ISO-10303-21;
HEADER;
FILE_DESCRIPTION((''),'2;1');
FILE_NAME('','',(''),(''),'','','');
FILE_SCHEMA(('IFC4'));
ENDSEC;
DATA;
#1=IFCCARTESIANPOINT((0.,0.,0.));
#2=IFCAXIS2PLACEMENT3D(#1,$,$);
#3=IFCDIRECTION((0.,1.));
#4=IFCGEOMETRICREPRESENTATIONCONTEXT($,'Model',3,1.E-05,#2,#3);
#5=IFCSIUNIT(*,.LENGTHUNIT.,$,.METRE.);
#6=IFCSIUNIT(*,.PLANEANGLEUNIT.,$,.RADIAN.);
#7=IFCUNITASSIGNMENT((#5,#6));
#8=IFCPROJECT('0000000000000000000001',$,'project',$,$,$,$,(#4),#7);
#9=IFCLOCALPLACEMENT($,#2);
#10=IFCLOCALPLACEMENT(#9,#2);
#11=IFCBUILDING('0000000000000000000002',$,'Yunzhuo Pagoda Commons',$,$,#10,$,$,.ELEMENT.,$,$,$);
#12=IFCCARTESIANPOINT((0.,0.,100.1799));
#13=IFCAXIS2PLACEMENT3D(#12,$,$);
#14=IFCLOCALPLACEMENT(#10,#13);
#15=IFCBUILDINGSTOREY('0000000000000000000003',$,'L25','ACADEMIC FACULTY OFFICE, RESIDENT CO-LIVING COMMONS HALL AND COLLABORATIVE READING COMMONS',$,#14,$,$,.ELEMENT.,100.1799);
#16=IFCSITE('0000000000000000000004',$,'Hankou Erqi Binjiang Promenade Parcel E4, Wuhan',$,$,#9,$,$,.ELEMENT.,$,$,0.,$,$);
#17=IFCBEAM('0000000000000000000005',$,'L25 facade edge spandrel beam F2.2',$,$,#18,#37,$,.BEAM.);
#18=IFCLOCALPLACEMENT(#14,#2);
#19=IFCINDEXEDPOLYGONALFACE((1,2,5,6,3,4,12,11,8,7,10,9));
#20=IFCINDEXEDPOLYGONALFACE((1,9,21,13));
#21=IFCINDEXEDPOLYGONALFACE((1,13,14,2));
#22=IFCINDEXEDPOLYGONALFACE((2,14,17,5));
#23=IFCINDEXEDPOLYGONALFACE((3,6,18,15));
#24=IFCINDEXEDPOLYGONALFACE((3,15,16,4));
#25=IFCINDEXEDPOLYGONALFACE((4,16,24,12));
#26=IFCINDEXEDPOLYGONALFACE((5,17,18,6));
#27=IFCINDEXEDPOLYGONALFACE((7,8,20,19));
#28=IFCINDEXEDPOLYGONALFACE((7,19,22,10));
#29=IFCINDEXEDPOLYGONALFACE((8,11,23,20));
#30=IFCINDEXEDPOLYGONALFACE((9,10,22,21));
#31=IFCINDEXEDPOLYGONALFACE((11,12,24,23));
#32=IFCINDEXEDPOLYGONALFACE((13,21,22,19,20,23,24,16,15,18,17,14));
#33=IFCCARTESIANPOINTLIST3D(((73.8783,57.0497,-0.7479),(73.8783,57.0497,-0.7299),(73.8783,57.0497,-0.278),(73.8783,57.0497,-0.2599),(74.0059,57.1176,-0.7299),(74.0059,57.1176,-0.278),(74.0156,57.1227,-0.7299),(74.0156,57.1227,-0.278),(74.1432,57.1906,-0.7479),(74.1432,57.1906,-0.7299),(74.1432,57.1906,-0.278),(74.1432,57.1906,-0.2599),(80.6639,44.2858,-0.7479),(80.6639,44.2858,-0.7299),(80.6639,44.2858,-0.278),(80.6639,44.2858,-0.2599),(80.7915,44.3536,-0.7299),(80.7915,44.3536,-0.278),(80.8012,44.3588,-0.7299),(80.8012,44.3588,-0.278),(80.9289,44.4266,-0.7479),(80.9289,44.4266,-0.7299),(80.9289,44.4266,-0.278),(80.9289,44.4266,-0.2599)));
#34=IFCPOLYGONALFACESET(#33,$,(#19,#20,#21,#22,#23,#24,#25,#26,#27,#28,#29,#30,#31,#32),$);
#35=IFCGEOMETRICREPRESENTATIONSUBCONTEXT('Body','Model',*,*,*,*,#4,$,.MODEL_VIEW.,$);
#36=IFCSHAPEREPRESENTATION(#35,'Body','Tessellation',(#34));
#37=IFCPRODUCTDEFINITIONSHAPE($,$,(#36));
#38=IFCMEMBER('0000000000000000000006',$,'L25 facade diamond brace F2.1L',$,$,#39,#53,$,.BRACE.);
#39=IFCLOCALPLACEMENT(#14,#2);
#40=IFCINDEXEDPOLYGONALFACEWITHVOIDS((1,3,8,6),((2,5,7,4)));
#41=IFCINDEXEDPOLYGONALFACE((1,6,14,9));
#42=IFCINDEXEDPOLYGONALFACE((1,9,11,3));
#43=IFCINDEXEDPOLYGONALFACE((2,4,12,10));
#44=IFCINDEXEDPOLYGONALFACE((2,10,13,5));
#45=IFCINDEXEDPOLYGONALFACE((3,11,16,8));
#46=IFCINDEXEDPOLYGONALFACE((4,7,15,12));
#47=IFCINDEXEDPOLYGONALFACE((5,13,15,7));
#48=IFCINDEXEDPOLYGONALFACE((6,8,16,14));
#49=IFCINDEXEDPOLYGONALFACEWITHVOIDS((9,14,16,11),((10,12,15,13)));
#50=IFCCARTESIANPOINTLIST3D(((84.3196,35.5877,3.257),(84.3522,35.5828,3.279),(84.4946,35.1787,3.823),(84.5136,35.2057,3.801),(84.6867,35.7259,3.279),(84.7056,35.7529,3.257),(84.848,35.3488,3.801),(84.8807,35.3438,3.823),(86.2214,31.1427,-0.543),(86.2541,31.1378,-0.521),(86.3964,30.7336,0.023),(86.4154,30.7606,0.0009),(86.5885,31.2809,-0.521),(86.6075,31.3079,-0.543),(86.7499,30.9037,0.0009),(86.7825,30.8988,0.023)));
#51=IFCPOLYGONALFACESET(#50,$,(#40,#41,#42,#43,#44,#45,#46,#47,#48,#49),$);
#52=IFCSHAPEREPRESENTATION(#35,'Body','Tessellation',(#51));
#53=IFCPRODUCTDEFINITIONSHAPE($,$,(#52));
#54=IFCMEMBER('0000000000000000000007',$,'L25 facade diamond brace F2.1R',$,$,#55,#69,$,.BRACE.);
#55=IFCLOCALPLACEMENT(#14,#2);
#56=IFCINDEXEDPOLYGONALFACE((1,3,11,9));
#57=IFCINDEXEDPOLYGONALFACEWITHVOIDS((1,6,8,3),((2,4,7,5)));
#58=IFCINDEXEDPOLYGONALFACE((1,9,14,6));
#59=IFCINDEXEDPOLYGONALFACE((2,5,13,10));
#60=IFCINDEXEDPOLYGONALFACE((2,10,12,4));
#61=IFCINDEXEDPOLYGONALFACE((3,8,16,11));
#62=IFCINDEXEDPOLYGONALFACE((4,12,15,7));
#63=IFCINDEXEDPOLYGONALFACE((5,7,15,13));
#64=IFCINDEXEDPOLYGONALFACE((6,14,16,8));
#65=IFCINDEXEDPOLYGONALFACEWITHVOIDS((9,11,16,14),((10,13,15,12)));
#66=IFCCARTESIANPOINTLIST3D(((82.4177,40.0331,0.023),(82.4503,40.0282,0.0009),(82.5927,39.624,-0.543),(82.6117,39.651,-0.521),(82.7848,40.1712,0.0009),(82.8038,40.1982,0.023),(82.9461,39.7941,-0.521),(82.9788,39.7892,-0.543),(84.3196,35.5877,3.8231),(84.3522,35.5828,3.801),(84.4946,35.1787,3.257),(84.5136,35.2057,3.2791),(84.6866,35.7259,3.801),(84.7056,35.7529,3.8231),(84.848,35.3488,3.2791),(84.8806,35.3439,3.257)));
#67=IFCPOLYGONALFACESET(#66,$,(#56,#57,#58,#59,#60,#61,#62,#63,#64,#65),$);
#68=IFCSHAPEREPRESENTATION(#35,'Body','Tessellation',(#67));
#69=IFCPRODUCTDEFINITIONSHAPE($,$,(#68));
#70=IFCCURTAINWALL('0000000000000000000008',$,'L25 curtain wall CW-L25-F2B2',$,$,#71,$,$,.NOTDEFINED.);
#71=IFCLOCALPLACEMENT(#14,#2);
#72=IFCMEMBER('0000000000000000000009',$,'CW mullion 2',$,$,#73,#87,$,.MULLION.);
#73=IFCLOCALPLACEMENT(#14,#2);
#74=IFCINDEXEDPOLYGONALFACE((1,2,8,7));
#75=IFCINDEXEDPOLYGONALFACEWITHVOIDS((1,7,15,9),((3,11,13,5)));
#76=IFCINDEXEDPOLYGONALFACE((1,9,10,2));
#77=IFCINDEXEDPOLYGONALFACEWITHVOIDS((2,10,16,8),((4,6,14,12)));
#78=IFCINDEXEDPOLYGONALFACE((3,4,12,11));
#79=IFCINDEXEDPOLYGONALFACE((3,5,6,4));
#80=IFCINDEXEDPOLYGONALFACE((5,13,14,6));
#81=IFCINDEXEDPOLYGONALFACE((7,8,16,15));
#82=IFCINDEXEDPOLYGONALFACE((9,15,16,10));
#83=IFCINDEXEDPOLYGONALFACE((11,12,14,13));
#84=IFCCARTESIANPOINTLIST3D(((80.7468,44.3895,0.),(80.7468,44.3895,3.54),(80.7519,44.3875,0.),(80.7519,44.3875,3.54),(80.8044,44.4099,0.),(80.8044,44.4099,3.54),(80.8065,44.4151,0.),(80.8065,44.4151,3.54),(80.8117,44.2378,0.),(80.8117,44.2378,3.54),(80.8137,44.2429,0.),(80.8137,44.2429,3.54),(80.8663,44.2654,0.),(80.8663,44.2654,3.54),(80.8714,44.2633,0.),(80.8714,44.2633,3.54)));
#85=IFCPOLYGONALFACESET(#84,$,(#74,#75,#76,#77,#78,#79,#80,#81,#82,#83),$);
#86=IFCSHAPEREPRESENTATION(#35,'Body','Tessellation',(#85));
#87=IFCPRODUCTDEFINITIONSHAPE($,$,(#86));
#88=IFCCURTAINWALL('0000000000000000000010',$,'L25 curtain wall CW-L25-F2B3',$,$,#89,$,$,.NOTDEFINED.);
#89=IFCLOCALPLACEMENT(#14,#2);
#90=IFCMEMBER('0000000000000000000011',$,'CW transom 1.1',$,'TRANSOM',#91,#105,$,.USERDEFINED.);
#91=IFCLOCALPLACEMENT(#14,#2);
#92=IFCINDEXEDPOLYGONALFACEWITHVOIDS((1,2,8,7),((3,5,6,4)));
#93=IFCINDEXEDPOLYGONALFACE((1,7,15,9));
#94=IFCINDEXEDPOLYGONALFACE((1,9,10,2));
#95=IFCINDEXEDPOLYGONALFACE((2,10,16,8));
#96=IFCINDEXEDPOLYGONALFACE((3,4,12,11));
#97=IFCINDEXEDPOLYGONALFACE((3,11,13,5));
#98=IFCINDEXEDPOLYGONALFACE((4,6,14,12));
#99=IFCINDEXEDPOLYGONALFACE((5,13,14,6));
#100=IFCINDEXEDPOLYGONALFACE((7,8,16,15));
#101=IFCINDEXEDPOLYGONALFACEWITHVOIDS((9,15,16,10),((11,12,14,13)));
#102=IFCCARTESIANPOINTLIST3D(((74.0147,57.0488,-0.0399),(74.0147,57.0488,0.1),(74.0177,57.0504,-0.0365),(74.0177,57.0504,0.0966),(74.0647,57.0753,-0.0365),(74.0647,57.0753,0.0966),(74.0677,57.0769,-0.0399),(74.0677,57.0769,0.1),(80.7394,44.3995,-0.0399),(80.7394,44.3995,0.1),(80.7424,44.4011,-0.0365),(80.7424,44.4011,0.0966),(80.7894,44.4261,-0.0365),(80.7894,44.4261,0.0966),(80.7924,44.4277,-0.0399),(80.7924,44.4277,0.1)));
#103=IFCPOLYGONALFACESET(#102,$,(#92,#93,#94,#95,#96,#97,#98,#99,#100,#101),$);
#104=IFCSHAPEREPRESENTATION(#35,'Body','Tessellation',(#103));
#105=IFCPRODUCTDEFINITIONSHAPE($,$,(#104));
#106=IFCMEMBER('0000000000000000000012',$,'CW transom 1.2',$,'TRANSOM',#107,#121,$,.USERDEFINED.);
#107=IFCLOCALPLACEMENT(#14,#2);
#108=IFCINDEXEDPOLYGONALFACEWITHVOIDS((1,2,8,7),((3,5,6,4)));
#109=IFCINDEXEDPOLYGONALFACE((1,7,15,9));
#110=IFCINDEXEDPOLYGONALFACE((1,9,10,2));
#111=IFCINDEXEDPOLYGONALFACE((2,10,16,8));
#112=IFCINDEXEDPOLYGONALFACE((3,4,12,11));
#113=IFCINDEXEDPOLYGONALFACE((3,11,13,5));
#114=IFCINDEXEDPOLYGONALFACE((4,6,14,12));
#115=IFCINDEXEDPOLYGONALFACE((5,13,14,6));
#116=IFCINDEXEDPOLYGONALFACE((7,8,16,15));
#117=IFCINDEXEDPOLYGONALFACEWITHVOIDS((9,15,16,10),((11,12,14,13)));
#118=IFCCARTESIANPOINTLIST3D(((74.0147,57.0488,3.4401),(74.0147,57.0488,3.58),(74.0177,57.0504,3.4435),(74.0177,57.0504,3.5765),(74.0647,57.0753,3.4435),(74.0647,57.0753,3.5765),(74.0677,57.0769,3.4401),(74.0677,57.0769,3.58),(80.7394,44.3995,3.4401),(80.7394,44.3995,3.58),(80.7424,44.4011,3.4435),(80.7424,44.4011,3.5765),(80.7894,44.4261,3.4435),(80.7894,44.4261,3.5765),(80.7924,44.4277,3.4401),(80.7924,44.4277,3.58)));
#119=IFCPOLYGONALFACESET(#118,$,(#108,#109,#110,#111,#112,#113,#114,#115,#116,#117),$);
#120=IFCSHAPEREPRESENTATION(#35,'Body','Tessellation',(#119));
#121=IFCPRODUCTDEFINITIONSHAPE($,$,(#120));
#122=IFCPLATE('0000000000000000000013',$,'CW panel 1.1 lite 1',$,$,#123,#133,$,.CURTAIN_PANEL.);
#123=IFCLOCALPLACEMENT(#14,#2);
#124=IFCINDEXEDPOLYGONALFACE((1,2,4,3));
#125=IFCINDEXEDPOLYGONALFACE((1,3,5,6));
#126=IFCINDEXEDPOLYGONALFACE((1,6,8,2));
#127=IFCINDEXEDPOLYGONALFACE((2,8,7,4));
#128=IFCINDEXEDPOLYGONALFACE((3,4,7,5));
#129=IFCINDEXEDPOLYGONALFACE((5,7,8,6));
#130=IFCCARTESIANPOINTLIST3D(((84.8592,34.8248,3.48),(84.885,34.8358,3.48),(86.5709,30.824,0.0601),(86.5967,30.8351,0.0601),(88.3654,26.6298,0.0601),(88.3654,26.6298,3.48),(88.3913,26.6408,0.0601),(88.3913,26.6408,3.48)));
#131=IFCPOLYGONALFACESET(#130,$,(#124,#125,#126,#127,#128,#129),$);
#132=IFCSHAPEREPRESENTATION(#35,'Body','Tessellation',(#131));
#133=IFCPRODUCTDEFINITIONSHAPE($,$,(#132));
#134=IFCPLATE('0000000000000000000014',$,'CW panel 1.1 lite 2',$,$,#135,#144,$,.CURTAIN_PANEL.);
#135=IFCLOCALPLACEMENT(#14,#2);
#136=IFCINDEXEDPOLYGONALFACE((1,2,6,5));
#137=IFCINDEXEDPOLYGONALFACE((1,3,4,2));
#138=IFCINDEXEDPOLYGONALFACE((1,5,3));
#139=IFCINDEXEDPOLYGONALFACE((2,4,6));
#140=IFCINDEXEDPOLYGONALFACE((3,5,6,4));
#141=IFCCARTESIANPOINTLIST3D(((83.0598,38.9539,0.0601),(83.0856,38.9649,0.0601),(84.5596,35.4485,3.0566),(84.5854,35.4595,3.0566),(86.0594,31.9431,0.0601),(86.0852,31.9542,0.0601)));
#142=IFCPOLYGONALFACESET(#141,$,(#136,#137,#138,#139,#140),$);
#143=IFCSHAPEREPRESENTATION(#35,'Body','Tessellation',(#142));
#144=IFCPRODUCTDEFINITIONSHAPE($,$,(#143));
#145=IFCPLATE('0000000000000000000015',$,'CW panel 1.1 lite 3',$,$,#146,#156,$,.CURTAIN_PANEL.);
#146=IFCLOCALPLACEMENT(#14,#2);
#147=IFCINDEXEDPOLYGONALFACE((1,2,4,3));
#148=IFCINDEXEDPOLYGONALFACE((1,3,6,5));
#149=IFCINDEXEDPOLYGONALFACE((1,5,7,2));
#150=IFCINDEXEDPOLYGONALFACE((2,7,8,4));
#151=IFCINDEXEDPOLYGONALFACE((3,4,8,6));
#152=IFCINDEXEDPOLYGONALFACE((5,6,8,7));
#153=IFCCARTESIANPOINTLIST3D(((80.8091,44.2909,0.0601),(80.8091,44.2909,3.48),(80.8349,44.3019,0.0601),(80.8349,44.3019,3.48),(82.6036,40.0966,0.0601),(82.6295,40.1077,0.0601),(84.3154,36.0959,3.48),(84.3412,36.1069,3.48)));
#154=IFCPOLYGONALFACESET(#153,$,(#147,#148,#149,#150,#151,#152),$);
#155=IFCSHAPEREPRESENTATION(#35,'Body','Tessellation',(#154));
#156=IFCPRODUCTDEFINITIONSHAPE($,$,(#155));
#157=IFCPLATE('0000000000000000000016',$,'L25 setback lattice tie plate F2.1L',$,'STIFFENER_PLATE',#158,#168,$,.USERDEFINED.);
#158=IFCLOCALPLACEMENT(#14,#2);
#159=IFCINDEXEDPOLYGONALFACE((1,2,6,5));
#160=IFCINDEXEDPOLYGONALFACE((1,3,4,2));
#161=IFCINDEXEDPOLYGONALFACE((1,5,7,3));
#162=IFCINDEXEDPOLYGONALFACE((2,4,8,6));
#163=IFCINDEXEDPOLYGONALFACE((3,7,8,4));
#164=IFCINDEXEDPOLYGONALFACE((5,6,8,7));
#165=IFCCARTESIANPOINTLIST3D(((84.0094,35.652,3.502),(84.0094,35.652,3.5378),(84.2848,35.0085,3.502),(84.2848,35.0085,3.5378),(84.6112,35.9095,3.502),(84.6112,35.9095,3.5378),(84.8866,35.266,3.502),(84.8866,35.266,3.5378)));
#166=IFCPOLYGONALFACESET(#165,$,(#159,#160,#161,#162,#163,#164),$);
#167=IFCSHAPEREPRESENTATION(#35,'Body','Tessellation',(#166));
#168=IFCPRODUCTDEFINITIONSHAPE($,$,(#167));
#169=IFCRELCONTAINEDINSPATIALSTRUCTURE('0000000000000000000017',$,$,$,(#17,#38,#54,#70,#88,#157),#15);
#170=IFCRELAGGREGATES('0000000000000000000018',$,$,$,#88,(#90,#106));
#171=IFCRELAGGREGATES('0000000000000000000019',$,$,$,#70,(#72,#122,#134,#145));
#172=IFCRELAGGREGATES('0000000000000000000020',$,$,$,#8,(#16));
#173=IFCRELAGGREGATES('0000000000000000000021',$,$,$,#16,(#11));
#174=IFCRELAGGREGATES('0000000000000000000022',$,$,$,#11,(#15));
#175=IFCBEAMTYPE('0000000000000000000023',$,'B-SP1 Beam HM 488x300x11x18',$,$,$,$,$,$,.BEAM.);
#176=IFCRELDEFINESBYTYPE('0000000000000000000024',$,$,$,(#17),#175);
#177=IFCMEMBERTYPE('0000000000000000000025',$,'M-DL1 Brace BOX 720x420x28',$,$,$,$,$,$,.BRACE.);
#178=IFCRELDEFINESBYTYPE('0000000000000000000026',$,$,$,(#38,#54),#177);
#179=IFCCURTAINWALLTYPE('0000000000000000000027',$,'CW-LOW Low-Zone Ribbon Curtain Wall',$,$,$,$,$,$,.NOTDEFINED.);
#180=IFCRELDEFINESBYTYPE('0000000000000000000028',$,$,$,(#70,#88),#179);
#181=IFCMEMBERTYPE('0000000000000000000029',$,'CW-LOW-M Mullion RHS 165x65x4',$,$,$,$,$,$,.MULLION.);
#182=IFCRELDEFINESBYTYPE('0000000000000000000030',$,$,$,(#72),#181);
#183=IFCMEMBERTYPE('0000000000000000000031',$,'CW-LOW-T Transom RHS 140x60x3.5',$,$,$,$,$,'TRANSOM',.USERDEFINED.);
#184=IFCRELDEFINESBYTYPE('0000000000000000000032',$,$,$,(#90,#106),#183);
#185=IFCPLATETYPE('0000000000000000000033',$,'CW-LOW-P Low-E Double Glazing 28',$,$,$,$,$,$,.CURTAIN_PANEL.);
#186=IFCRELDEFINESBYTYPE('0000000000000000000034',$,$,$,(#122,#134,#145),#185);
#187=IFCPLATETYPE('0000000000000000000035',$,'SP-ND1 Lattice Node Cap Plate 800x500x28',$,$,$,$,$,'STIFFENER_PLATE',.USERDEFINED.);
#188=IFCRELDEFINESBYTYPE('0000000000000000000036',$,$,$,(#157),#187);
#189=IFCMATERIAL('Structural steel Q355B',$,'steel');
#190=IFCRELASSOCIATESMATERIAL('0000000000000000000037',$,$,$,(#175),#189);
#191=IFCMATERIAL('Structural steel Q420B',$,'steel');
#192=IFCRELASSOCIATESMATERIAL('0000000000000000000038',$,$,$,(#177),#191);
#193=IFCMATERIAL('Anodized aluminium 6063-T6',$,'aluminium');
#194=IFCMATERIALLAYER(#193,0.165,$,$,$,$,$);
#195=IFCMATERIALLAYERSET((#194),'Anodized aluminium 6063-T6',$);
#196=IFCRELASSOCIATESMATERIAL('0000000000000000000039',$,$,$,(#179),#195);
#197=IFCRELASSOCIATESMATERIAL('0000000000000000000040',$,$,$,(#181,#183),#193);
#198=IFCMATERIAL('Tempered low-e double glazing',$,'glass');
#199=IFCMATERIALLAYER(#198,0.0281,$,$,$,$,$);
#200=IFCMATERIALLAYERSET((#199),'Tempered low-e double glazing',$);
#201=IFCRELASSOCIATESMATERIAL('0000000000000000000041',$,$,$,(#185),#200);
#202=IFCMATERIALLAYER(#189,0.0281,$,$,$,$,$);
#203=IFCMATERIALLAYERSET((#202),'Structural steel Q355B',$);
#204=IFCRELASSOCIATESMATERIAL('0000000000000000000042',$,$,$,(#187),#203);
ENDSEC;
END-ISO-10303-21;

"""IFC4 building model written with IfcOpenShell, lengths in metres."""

from ifc_helpers import new_model, si_unit, direction, frame, origin, origin_2d, place, context, subcontext, project, spatial, polyline, rectangle, hollow_rectangle, i_section, outline, extrude, source, transform, mapped, material, layer, layer_set, material_profile, profile_set, type_object, element, aggregate, save


model = new_model("IFC4")

# Units and contexts
model_context = context("Model", 3, precision=1e-05, world=origin(), true_north=direction((0.0, 1.0)))
body_context = subcontext(model_context, "Body", "Model", "MODEL_VIEW")
ifc_project = project(units=[si_unit("LENGTHUNIT", "METRE"), si_unit("PLANEANGLEUNIT", "RADIAN")], contexts=[model_context])

# Site, building, storey
site_placement = place(None, origin())
site = spatial("IfcSite", under=ifc_project, at=site_placement, Name="Hankou Erqi Binjiang Promenade Parcel E4, Wuhan", CompositionType="ELEMENT", RefElevation=0.0)
building_placement = place(site_placement, origin())
building = spatial("IfcBuilding", under=site, at=building_placement, Name="Yunzhuo Pagoda Commons", CompositionType="ELEMENT")
storey_placement = place(building_placement, frame((0.0, 0.0, 100.1799)))
storey = spatial("IfcBuildingStorey", under=building, at=storey_placement, Name="L25", Description="ACADEMIC FACULTY OFFICE, RESIDENT CO-LIVING COMMONS HALL AND COLLABORATIVE READING COMMONS", CompositionType="ELEMENT", Elevation=100.1799)

# Shared definitions
ifc_material_1 = material(Name="Structural steel Q420B", Category="steel")

# Beam
ifc_material_2 = material(Name="Structural steel Q355B", Category="steel")
ifc_material_profile_1 = material_profile(ifc_material_2, i_section(OverallWidth=0.3, OverallDepth=0.488, WebThickness=0.011, FlangeThickness=0.0181, at=origin_2d()), Name="Structural steel Q355B")
ifc_profile_set_1 = profile_set([ifc_material_profile_1], Name="Structural steel Q355B")
beam_type_1 = type_object("IfcBeamType", Name="B-SP1 Beam HM 488x300x11x18", PredefinedType="BEAM", material=ifc_profile_set_1)
shared_shape_1 = source(origin(), body_context, "Body", "SweptSolid", [
    extrude(i_section(OverallWidth=0.3, OverallDepth=0.488, WebThickness=0.011, FlangeThickness=0.0181, at=origin_2d()), origin(), (0.0, 0.0, 1.0), 14.4556),
])
beam_1_placement = place(storey_placement, frame((80.7964, 44.3562, -0.5039), z_axis=(-0.469415, 0.882978, 0.0), x_axis=(-0.882978, -0.469415, 0.0)))
element("IfcBeam", 1, at=beam_1_placement, inside=storey, type_object=beam_type_1, Name="L25 facade edge spandrel beam F2.2", PredefinedType="BEAM", context=body_context, shape_type="MappedRepresentation", body=[
    mapped(shared_shape_1, transform((0.0, 0.0, 0.0), scale=1.0)),
])

# Members
ifc_material_profile_2 = material_profile(ifc_material_1, hollow_rectangle(XDim=0.4199, YDim=0.72, WallThickness=0.0281, at=origin_2d()), Name="Structural steel Q420B")
ifc_profile_set_2 = profile_set([ifc_material_profile_2], Name="Structural steel Q420B")
member_type_1 = type_object("IfcMemberType", Name="M-DL1 Brace BOX 720x420x28", PredefinedType="BRACE", material=ifc_profile_set_2)
shared_shape_2 = source(origin(), body_context, "Body", "SweptSolid", [
    extrude(hollow_rectangle(XDim=0.4199, YDim=0.72, WallThickness=0.0281, at=origin_2d()), origin(), (0.0, 0.0, 1.0), 6.1494),
])
member_1_placement = place(storey_placement, frame((86.502, 31.0208, -0.26), z_axis=(-0.309271, 0.722837, 0.617947), x_axis=(-0.919383, -0.393365, 0.0)))
element("IfcMember", 2, at=member_1_placement, inside=storey, type_object=member_type_1, Name="L25 facade diamond brace F2.1L", PredefinedType="BRACE", context=body_context, shape_type="MappedRepresentation", body=[
    mapped(shared_shape_2, transform((0.0, 0.0, 0.0), scale=1.0)),
])
shared_shape_3 = source(origin(), body_context, "Body", "SweptSolid", [
    extrude(hollow_rectangle(XDim=0.4199, YDim=0.72, WallThickness=0.0281, at=origin_2d()), origin(), (0.0, 0.0, 1.0), 6.1497),
])
member_2_placement = place(storey_placement, frame((82.6982, 39.9111, -0.26), z_axis=(0.309262, -0.722856, 0.617929), x_axis=(0.91939, 0.393346, 0.0)))
element("IfcMember", 3, at=member_2_placement, inside=storey, type_object=member_type_1, Name="L25 facade diamond brace F2.1R", PredefinedType="BRACE", context=body_context, shape_type="MappedRepresentation", body=[
    mapped(shared_shape_3, transform((0.0, 0.0, 0.0), scale=1.0)),
])

# Curtain wall, member
ifc_material_3 = material(Name="Anodized aluminium 6063-T6", Category="aluminium")
ifc_layer_1 = layer(ifc_material_3, 0.165)
ifc_layer_set_1 = layer_set([ifc_layer_1], Name="Anodized aluminium 6063-T6")
curtain_wall_type = type_object("IfcCurtainWallType", Name="CW-LOW Low-Zone Ribbon Curtain Wall", PredefinedType="NOTDEFINED", material=ifc_layer_set_1)
curtain_wall_1_placement = place(storey_placement, origin())
curtain_wall_1 = element("IfcCurtainWall", 4, at=curtain_wall_1_placement, inside=storey, type_object=curtain_wall_type, Name="L25 curtain wall CW-L25-F2B2", PredefinedType="NOTDEFINED")
ifc_material_profile_3 = material_profile(ifc_material_3, hollow_rectangle(XDim=0.0649, YDim=0.165, WallThickness=0.0039, at=origin_2d()), Name="Anodized aluminium 6063-T6")
ifc_profile_set_3 = profile_set([ifc_material_profile_3], Name="Anodized aluminium 6063-T6")
member_type_2 = type_object("IfcMemberType", Name="CW-LOW-M Mullion RHS 165x65x4", PredefinedType="MULLION", material=ifc_profile_set_3)
shared_shape_4 = source(origin(), body_context, "Body", "SweptSolid", [
    extrude(hollow_rectangle(XDim=0.0649, YDim=0.165, WallThickness=0.0039, at=origin_2d()), origin(), (0.0, 0.0, 1.0), 3.54),
])
member_3_placement = place(storey_placement, frame((80.8091, 44.3264, 0.0), z_axis=(0.0, 0.0, 1.0), x_axis=(-0.919383, -0.393364, 0.0)))
member_3 = element("IfcMember", 5, at=member_3_placement, type_object=member_type_2, Name="CW mullion 2", PredefinedType="MULLION", context=body_context, shape_type="MappedRepresentation", body=[
    mapped(shared_shape_4, transform((0.0, 0.0, 0.0), scale=1.0)),
])

# Curtain wall, members
curtain_wall_2_placement = place(storey_placement, origin())
curtain_wall_2 = element("IfcCurtainWall", 6, at=curtain_wall_2_placement, inside=storey, type_object=curtain_wall_type, Name="L25 curtain wall CW-L25-F2B3", PredefinedType="NOTDEFINED")
ifc_material_profile_4 = material_profile(ifc_material_3, hollow_rectangle(XDim=0.0601, YDim=0.1399, WallThickness=0.0034, at=origin_2d()), Name="Anodized aluminium 6063-T6")
ifc_profile_set_4 = profile_set([ifc_material_profile_4], Name="Anodized aluminium 6063-T6")
member_type_3 = type_object("IfcMemberType", Name="CW-LOW-T Transom RHS 140x60x3.5", ElementType="TRANSOM", PredefinedType="USERDEFINED", material=ifc_profile_set_4)
shared_shape_5 = source(origin(), body_context, "Body", "SweptSolid", [
    extrude(hollow_rectangle(XDim=0.0601, YDim=0.1399, WallThickness=0.0034, at=origin_2d()), origin(), (0.0, 0.0, 1.0), 14.3257),
])
member_4_placement = place(storey_placement, frame((80.7659, 44.4136, 0.03), z_axis=(-0.469413, 0.882979, 0.0), x_axis=(-0.882979, -0.469413, 0.0)))
member_4 = element("IfcMember", 7, at=member_4_placement, type_object=member_type_3, Name="CW transom 1.1", ObjectType="TRANSOM", PredefinedType="USERDEFINED", context=body_context, shape_type="MappedRepresentation", body=[
    mapped(shared_shape_5, transform((0.0, 0.0, 0.0), scale=1.0)),
])
member_5_placement = place(storey_placement, frame((80.7659, 44.4136, 3.51), z_axis=(-0.469413, 0.882979, 0.0), x_axis=(-0.882979, -0.469413, 0.0)))
member_5 = element("IfcMember", 8, at=member_5_placement, type_object=member_type_3, Name="CW transom 1.2", ObjectType="TRANSOM", PredefinedType="USERDEFINED", context=body_context, shape_type="MappedRepresentation", body=[
    mapped(shared_shape_5, transform((0.0, 0.0, 0.0), scale=1.0)),
])
aggregate(curtain_wall_2, [member_4, member_5])

# Plates
ifc_material_4 = material(Name="Tempered low-e double glazing", Category="glass")
ifc_layer_2 = layer(ifc_material_4, 0.0281)
ifc_layer_set_2 = layer_set([ifc_layer_2], Name="Tempered low-e double glazing")
plate_type_1 = type_object("IfcPlateType", Name="CW-LOW-P Low-E Double Glazing 28", PredefinedType="CURTAIN_PANEL", material=ifc_layer_set_2)
plate_1_placement = place(storey_placement, frame((86.6123, 30.7273, 1.77), z_axis=(0.919383, 0.393364, 0.0), x_axis=(-0.393364, 0.919383, 0.0)))
plate_1 = element("IfcPlate", 9, at=plate_1_placement, type_object=plate_type_1, Name="CW panel 1.1 lite 1", PredefinedType="CURTAIN_PANEL", context=body_context, shape_type="SweptSolid", body=[
    extrude(outline(polyline([(-4.4568, -1.71), (0.1052, -1.71), (4.4568, 1.71), (-4.4568, 1.71), (-4.4568, -1.71)])), origin(), (0.0, 0.0, 1.0), 0.0281),
])
plate_2_placement = place(storey_placement, frame((84.5596, 35.4485, 1.5583), z_axis=(0.919383, 0.393364, 0.0), x_axis=(-0.393364, 0.919383, 0.0)))
plate_2 = element("IfcPlate", 10, at=plate_2_placement, type_object=plate_type_1, Name="CW panel 1.1 lite 2", PredefinedType="CURTAIN_PANEL", context=body_context, shape_type="SweptSolid", body=[
    extrude(outline(polyline([(-3.8127, -1.4983), (3.8127, -1.4983), (0.0, 1.4983), (-3.8127, -1.4983)])), origin(), (0.0, 0.0, 1.0), 0.0281),
])
plate_3_placement = place(storey_placement, frame((82.5623, 40.1934, 1.77), z_axis=(0.919383, 0.393364, 0.0), x_axis=(-0.393364, 0.919383, 0.0)))
plate_3 = element("IfcPlate", 11, at=plate_3_placement, type_object=plate_type_1, Name="CW panel 1.1 lite 3", PredefinedType="CURTAIN_PANEL", context=body_context, shape_type="SweptSolid", body=[
    extrude(outline(polyline([(-4.4568, 1.71), (-0.1052, -1.71), (4.4568, -1.71), (4.4568, 1.71), (-4.4568, 1.71)])), origin(), (0.0, 0.0, 1.0), 0.0281),
])
aggregate(curtain_wall_1, [member_3, plate_1, plate_2, plate_3])
ifc_layer_3 = layer(ifc_material_2, 0.0281)
ifc_layer_set_3 = layer_set([ifc_layer_3], Name="Structural steel Q355B")
plate_type_2 = type_object("IfcPlateType", Name="SP-ND1 Lattice Node Cap Plate 800x500x28", ElementType="STIFFENER_PLATE", PredefinedType="USERDEFINED", material=ifc_layer_set_3)
shared_shape_6 = source(origin(), body_context, "Body", "SweptSolid", [
    extrude(rectangle(XDim=0.7, YDim=0.6545, at=origin_2d()), origin(), (0.0, 0.0, 1.0), 0.0359),
])
plate_4_placement = place(storey_placement, frame((84.448, 35.459, 3.502), z_axis=(0.0, 0.0, 1.0), x_axis=(-0.393364, 0.919383, 0.0)))
element("IfcPlate", 12, at=plate_4_placement, inside=storey, type_object=plate_type_2, Name="L25 setback lattice tie plate F2.1L", ObjectType="STIFFENER_PLATE", PredefinedType="USERDEFINED", context=body_context, shape_type="MappedRepresentation", body=[
    mapped(shared_shape_6, transform((0.0, 0.0, 0.0), scale=1.0)),
])

save(model, "model.ifc")
